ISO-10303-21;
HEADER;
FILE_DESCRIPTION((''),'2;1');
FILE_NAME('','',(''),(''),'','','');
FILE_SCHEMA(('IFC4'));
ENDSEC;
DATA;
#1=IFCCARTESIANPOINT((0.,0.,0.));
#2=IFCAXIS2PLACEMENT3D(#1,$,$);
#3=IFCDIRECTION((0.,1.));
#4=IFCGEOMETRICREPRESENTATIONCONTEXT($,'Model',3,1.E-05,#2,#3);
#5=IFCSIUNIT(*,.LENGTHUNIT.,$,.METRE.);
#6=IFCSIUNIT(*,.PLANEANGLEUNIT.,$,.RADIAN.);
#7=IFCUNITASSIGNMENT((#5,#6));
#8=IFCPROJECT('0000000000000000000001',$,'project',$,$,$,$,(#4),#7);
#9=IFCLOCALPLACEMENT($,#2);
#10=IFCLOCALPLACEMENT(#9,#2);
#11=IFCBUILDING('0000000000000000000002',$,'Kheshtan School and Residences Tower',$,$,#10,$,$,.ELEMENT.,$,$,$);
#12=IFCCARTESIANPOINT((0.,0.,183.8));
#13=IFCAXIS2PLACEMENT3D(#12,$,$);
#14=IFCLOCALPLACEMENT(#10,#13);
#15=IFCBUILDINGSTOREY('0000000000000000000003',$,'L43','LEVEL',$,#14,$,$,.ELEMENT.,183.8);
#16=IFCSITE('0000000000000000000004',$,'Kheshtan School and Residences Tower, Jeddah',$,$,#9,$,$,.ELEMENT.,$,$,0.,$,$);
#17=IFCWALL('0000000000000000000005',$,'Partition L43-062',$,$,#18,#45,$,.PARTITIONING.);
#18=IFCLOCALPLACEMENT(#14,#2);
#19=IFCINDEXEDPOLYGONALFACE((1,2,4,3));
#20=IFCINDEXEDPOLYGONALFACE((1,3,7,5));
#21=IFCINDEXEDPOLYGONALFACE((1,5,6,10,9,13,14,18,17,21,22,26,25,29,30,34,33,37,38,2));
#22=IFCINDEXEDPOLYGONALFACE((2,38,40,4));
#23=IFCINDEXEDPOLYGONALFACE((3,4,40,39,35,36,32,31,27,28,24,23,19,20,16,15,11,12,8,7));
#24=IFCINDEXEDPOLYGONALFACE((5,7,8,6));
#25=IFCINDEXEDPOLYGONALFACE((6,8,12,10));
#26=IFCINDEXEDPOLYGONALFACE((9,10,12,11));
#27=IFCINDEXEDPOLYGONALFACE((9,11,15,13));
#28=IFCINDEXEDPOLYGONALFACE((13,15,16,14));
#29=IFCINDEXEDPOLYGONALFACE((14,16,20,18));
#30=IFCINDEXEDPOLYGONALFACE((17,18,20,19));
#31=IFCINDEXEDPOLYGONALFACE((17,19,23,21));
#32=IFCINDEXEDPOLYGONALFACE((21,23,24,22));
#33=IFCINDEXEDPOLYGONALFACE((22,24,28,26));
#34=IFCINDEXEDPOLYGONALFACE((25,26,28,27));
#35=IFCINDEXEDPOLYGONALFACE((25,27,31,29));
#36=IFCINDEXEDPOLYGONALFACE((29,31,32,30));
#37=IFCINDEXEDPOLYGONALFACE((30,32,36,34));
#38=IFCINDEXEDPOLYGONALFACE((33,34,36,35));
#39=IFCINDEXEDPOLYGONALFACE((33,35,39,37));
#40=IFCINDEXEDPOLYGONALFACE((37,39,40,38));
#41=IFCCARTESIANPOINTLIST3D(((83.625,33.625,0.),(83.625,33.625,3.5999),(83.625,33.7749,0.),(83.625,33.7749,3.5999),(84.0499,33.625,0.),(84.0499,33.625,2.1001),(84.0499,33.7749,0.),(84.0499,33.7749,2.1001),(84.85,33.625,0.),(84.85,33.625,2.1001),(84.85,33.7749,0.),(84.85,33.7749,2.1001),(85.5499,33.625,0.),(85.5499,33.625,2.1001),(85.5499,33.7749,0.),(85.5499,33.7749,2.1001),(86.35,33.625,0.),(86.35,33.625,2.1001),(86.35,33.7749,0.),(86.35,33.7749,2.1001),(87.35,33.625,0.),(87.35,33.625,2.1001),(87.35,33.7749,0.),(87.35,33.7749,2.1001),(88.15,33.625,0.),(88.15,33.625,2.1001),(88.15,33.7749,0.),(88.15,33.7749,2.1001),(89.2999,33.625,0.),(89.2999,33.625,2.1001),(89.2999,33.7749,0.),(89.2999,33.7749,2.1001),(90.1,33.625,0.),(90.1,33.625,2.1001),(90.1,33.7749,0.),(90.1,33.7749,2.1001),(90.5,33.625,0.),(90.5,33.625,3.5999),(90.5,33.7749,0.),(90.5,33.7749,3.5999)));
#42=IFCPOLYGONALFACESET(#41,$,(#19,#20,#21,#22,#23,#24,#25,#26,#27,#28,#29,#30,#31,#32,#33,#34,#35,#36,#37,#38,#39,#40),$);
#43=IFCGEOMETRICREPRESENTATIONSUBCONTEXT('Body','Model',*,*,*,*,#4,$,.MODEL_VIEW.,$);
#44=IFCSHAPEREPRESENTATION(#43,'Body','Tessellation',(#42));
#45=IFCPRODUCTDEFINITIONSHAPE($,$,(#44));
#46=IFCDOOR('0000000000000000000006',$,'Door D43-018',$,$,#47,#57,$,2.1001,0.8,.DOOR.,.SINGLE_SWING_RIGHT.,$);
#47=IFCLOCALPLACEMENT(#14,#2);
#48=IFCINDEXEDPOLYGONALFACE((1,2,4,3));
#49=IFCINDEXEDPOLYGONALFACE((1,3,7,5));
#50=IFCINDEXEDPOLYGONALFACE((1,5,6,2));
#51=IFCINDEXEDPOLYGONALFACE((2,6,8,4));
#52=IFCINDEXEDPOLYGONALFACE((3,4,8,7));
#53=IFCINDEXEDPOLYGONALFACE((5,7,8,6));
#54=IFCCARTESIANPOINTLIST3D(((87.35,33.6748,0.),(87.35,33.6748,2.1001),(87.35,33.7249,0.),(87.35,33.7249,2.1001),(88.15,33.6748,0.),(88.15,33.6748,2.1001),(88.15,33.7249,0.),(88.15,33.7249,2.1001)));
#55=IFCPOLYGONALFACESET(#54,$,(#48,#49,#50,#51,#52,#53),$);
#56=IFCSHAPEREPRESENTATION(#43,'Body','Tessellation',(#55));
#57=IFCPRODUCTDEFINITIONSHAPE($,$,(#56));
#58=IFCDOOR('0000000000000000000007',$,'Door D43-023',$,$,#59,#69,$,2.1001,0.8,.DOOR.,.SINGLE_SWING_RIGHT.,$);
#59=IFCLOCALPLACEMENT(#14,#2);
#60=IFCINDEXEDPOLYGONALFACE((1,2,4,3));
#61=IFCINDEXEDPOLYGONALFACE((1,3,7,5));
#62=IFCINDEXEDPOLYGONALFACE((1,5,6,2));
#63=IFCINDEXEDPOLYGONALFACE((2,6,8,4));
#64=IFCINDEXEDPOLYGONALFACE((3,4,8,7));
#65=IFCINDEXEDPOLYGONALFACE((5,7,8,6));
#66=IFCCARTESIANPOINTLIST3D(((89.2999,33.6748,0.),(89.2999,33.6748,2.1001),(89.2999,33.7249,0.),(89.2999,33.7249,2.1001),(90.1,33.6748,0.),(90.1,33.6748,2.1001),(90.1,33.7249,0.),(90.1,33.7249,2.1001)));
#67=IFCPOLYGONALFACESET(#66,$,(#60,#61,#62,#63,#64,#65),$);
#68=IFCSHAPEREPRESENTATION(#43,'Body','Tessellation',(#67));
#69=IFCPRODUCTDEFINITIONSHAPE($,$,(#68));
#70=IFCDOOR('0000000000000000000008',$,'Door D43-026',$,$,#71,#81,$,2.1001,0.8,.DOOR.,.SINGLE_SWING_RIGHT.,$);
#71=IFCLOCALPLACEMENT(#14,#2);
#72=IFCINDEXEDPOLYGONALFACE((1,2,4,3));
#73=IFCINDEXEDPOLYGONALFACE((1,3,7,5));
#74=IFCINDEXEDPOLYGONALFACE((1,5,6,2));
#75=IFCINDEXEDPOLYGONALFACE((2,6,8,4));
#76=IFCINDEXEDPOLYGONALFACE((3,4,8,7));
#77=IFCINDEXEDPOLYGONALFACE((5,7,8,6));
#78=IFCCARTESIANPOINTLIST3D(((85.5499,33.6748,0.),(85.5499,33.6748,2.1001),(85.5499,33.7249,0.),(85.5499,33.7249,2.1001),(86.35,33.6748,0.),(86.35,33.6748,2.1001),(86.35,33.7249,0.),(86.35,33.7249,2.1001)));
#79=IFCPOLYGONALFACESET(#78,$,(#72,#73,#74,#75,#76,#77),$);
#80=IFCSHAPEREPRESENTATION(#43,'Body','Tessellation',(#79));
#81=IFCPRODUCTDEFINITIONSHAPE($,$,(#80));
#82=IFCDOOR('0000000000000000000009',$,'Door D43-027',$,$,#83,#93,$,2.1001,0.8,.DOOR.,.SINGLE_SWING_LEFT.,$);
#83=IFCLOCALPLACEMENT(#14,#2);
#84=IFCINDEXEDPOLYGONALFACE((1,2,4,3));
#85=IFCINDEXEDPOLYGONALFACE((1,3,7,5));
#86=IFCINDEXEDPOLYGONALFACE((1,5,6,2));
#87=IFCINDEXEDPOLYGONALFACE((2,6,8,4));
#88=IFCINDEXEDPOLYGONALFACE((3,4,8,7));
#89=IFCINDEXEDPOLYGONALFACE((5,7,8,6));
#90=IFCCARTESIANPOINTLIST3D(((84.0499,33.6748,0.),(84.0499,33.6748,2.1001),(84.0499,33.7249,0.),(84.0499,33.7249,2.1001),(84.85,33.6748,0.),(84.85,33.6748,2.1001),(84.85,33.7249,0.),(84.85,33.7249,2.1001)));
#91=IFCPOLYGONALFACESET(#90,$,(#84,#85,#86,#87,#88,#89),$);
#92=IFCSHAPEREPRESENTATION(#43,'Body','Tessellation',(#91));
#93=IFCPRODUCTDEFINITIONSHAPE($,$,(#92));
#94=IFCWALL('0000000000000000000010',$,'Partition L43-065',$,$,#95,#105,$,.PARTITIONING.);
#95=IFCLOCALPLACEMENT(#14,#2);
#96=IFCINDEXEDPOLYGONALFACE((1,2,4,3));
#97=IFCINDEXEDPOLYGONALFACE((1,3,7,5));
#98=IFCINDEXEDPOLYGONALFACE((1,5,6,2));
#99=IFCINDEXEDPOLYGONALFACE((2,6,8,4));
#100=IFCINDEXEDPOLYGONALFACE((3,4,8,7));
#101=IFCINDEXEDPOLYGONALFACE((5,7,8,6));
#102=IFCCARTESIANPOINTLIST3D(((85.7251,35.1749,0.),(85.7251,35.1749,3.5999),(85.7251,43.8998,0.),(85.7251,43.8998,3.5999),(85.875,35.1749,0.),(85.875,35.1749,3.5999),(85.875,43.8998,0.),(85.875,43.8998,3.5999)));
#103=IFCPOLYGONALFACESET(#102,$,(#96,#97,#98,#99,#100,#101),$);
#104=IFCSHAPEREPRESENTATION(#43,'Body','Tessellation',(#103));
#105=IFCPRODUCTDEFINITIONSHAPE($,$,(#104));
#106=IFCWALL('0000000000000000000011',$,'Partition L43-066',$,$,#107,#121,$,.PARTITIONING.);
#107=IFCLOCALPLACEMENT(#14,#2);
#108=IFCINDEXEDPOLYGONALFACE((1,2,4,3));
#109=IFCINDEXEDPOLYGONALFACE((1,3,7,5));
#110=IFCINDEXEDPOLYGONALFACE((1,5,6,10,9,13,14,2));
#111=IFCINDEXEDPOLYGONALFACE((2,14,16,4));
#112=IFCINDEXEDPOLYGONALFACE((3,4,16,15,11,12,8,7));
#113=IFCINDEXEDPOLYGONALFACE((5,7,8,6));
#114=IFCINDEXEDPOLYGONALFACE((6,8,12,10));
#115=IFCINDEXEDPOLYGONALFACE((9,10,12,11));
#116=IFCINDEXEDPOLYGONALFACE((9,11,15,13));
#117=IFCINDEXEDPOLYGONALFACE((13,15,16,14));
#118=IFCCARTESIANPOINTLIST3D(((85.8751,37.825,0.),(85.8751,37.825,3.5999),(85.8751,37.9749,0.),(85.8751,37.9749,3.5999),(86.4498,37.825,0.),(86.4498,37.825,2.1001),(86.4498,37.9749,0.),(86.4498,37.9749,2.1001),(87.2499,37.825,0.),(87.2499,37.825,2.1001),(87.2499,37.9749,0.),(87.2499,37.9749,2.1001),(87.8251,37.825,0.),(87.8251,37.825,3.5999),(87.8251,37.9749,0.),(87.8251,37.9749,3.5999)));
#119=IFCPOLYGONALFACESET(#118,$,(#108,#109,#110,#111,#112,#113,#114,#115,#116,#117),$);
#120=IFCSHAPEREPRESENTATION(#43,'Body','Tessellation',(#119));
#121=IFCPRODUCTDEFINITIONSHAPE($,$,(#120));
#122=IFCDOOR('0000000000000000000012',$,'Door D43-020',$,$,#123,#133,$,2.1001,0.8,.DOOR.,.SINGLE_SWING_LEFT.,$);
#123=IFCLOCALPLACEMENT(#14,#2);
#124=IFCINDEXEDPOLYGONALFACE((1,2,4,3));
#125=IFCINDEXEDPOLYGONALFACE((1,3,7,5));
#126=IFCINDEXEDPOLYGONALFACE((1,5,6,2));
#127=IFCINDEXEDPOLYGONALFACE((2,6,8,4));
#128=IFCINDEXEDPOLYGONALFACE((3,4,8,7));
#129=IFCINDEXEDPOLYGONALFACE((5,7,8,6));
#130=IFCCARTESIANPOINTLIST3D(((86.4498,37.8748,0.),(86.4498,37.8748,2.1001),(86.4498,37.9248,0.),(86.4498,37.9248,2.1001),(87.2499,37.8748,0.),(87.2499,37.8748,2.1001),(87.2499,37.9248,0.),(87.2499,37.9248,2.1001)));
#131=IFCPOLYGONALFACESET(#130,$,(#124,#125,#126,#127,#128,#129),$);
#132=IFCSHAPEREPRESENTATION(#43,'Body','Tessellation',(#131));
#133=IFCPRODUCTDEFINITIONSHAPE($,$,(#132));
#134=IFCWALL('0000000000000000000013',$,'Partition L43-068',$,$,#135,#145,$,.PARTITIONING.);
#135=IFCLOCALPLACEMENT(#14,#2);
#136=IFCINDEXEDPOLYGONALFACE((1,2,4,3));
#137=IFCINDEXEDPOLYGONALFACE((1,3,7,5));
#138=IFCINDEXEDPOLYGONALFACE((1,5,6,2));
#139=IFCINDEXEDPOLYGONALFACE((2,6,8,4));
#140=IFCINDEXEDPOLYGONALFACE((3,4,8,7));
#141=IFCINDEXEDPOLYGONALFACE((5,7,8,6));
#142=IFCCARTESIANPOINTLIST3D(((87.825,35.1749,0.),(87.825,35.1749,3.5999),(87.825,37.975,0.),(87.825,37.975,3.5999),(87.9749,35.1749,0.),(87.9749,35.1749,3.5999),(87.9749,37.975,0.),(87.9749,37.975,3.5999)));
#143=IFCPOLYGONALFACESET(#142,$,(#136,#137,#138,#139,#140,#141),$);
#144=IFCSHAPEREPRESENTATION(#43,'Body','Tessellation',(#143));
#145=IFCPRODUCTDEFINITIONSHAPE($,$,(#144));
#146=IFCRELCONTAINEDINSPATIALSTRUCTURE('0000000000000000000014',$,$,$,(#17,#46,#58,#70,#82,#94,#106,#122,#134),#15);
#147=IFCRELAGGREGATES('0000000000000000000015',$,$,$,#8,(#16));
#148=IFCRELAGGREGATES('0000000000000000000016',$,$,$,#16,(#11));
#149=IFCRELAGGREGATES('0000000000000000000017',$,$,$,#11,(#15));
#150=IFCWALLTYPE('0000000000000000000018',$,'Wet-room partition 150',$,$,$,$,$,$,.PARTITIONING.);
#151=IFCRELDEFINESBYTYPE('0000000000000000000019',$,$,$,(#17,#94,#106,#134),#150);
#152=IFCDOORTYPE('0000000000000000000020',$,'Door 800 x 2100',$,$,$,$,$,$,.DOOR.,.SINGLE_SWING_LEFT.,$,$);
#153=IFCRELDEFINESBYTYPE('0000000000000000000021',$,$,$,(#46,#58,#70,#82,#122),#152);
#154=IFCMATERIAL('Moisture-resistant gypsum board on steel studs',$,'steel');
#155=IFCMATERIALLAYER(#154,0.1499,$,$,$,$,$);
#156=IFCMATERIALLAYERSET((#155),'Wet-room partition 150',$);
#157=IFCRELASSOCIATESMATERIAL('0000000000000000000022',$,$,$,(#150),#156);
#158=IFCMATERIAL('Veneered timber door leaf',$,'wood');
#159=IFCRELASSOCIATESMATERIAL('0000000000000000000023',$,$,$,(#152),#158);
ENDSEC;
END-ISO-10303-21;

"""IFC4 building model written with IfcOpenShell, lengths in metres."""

from ifc_helpers import new_model, si_unit, direction, frame, frame_2d, origin, place, context, subcontext, project, spatial, rectangle, extrude, source, transform, mapped, material, layer, layer_set, type_object, element, fill, save


model = new_model("IFC4")

# Units and contexts
model_context = context("Model", 3, precision=1e-05, world=origin(), true_north=direction((0.0, 1.0)))
body_context = subcontext(model_context, "Body", "Model", "MODEL_VIEW")
ifc_project = project(units=[si_unit("LENGTHUNIT", "METRE"), si_unit("PLANEANGLEUNIT", "RADIAN")], contexts=[model_context])

# Site, building, storey
site_placement = place(None, origin())
site = spatial("IfcSite", under=ifc_project, at=site_placement, Name="Kheshtan School and Residences Tower, Jeddah", CompositionType="ELEMENT", RefElevation=0.0)
building_placement = place(site_placement, origin())
building = spatial("IfcBuilding", under=site, at=building_placement, Name="Kheshtan School and Residences Tower", CompositionType="ELEMENT")
storey_placement = place(building_placement, frame((0.0, 0.0, 183.8)))
storey = spatial("IfcBuildingStorey", under=building, at=storey_placement, Name="L43", Description="LEVEL", CompositionType="ELEMENT", Elevation=183.8)

# Shared definitions
ifc_material_1 = material(Name="Moisture-resistant gypsum board on steel studs", Category="steel")
ifc_layer_1 = layer(ifc_material_1, 0.1499)
ifc_layer_set_1 = layer_set([ifc_layer_1], Name="Wet-room partition 150")
wall_type_1 = type_object("IfcWallType", Name="Wet-room partition 150", PredefinedType="PARTITIONING", material=ifc_layer_set_1)
ifc_material_2 = material(Name="Veneered timber door leaf", Category="wood")

# Wall, openings, doors
wall_1_placement = place(storey_placement, frame((83.625, 33.7, 0.0), z_axis=(0.0, 0.0, 1.0), x_axis=(1.0, 0.0, 0.0)))
wall_1 = element("IfcWall", 1, at=wall_1_placement, inside=storey, type_object=wall_type_1, Name="Partition L43-062", PredefinedType="PARTITIONING", context=body_context, shape_type="SweptSolid", body=[
    extrude(rectangle(XDim=6.875, YDim=0.1499, at=frame_2d((3.4375, 0.0))), origin(), (0.0, 0.0, 1.0), 3.5999),
])
opening_1_placement = place(wall_1_placement, frame((3.7251, 0.0, 0.0)))
opening_1 = element("IfcOpeningElement", 2, at=opening_1_placement, cuts=wall_1, PredefinedType="OPENING", context=body_context, shape_type="SweptSolid", body=[
    extrude(rectangle(XDim=0.8, YDim=2.1001, at=frame_2d((0.3999, 1.05))), frame((0.0, 0.085, 0.0), z_axis=(0.0, -1.0, 0.0), x_axis=(1.0, 0.0, 0.0)), (0.0, 0.0, 1.0), 0.1699),
])
opening_2_placement = place(wall_1_placement, frame((5.675, 0.0, 0.0)))
opening_2 = element("IfcOpeningElement", 3, at=opening_2_placement, cuts=wall_1, PredefinedType="OPENING", context=body_context, shape_type="SweptSolid", body=[
    extrude(rectangle(XDim=0.8, YDim=2.1001, at=frame_2d((0.3999, 1.05))), frame((0.0, 0.085, 0.0), z_axis=(0.0, -1.0, 0.0), x_axis=(1.0, 0.0, 0.0)), (0.0, 0.0, 1.0), 0.1699),
])
opening_3_placement = place(wall_1_placement, frame((1.925, 0.0, 0.0)))
opening_3 = element("IfcOpeningElement", 4, at=opening_3_placement, cuts=wall_1, PredefinedType="OPENING", context=body_context, shape_type="SweptSolid", body=[
    extrude(rectangle(XDim=0.8, YDim=2.1001, at=frame_2d((0.3999, 1.05))), frame((0.0, 0.085, 0.0), z_axis=(0.0, -1.0, 0.0), x_axis=(1.0, 0.0, 0.0)), (0.0, 0.0, 1.0), 0.1699),
])
opening_4_placement = place(wall_1_placement, frame((0.425, 0.0, 0.0)))
opening_4 = element("IfcOpeningElement", 5, at=opening_4_placement, cuts=wall_1, PredefinedType="OPENING", context=body_context, shape_type="SweptSolid", body=[
    extrude(rectangle(XDim=0.8, YDim=2.1001, at=frame_2d((0.3999, 1.05))), frame((0.0, 0.085, 0.0), z_axis=(0.0, -1.0, 0.0), x_axis=(1.0, 0.0, 0.0)), (0.0, 0.0, 1.0), 0.1699),
])
door_type_1 = type_object("IfcDoorType", Name="Door 800 x 2100", OperationType="SINGLE_SWING_LEFT", PredefinedType="DOOR", material=ifc_material_2)
shared_shape_1 = source(origin(), body_context, "Body", "SweptSolid", [
    extrude(rectangle(XDim=0.8, YDim=2.1001, at=frame_2d((0.3999, 1.05))), frame((0.0, 0.0249, 0.0), z_axis=(0.0, -1.0, 0.0), x_axis=(1.0, 0.0, 0.0)), (0.0, 0.0, 1.0), 0.05),
])
door_1_placement = place(opening_1_placement, origin())
door_1 = element("IfcDoor", 6, at=door_1_placement, inside=storey, type_object=door_type_1, Name="Door D43-018", OperationType="SINGLE_SWING_RIGHT", OverallHeight=2.1001, OverallWidth=0.8, PredefinedType="DOOR", context=body_context, shape_type="MappedRepresentation", body=[
    mapped(shared_shape_1, transform((0.0, 0.0, 0.0), x_axis=(1.0, 0.0, 0.0), y_axis=(0.0, 1.0, 0.0), z_axis=(0.0, 0.0, 1.0), scale=1.0)),
])
fill(opening_1, door_1)
door_2_placement = place(opening_2_placement, origin())
door_2 = element("IfcDoor", 7, at=door_2_placement, inside=storey, type_object=door_type_1, Name="Door D43-023", OperationType="SINGLE_SWING_RIGHT", OverallHeight=2.1001, OverallWidth=0.8, PredefinedType="DOOR", context=body_context, shape_type="MappedRepresentation", body=[
    mapped(shared_shape_1, transform((0.0, 0.0, 0.0), x_axis=(1.0, 0.0, 0.0), y_axis=(0.0, 1.0, 0.0), z_axis=(0.0, 0.0, 1.0), scale=1.0)),
])
fill(opening_2, door_2)
door_3_placement = place(opening_3_placement, origin())
door_3 = element("IfcDoor", 8, at=door_3_placement, inside=storey, type_object=door_type_1, Name="Door D43-026", OperationType="SINGLE_SWING_RIGHT", OverallHeight=2.1001, OverallWidth=0.8, PredefinedType="DOOR", context=body_context, shape_type="MappedRepresentation", body=[
    mapped(shared_shape_1, transform((0.0, 0.0, 0.0), x_axis=(1.0, 0.0, 0.0), y_axis=(0.0, 1.0, 0.0), z_axis=(0.0, 0.0, 1.0), scale=1.0)),
])
fill(opening_3, door_3)
door_4_placement = place(opening_4_placement, origin())
door_4 = element("IfcDoor", 9, at=door_4_placement, inside=storey, type_object=door_type_1, Name="Door D43-027", OperationType="SINGLE_SWING_LEFT", OverallHeight=2.1001, OverallWidth=0.8, PredefinedType="DOOR", context=body_context, shape_type="MappedRepresentation", body=[
    mapped(shared_shape_1, transform((0.0, 0.0, 0.0), x_axis=(1.0, 0.0, 0.0), y_axis=(0.0, 1.0, 0.0), z_axis=(0.0, 0.0, 1.0), scale=1.0)),
])
fill(opening_4, door_4)

# Wall
wall_2_placement = place(storey_placement, frame((85.8, 35.175, 0.0), z_axis=(0.0, 0.0, 1.0), x_axis=(0.0, 1.0, 0.0)))
element("IfcWall", 10, at=wall_2_placement, inside=storey, type_object=wall_type_1, Name="Partition L43-065", PredefinedType="PARTITIONING", context=body_context, shape_type="SweptSolid", body=[
    extrude(rectangle(XDim=8.7249, YDim=0.1499, at=frame_2d((4.3623, 0.0))), origin(), (0.0, 0.0, 1.0), 3.5999),
])

# Wall, opening, door
wall_3_placement = place(storey_placement, frame((85.875, 37.8999, 0.0), z_axis=(0.0, 0.0, 1.0), x_axis=(1.0, 0.0, 0.0)))
wall_3 = element("IfcWall", 11, at=wall_3_placement, inside=storey, type_object=wall_type_1, Name="Partition L43-066", PredefinedType="PARTITIONING", context=body_context, shape_type="SweptSolid", body=[
    extrude(rectangle(XDim=1.95, YDim=0.1499, at=frame_2d((0.9751, 0.0))), origin(), (0.0, 0.0, 1.0), 3.5999),
])
opening_5_placement = place(wall_3_placement, frame((0.575, 0.0, 0.0)))
opening_5 = element("IfcOpeningElement", 12, at=opening_5_placement, cuts=wall_3, PredefinedType="OPENING", context=body_context, shape_type="SweptSolid", body=[
    extrude(rectangle(XDim=0.8, YDim=2.1001, at=frame_2d((0.3999, 1.05))), frame((0.0, 0.085, 0.0), z_axis=(0.0, -1.0, 0.0), x_axis=(1.0, 0.0, 0.0)), (0.0, 0.0, 1.0), 0.1699),
])
door_5_placement = place(opening_5_placement, origin())
door_5 = element("IfcDoor", 13, at=door_5_placement, inside=storey, type_object=door_type_1, Name="Door D43-020", OperationType="SINGLE_SWING_LEFT", OverallHeight=2.1001, OverallWidth=0.8, PredefinedType="DOOR", context=body_context, shape_type="MappedRepresentation", body=[
    mapped(shared_shape_1, transform((0.0, 0.0, 0.0), x_axis=(1.0, 0.0, 0.0), y_axis=(0.0, 1.0, 0.0), z_axis=(0.0, 0.0, 1.0), scale=1.0)),
])
fill(opening_5, door_5)

# Wall
wall_4_placement = place(storey_placement, frame((87.8999, 35.175, 0.0), z_axis=(0.0, 0.0, 1.0), x_axis=(0.0, 1.0, 0.0)))
element("IfcWall", 14, at=wall_4_placement, inside=storey, type_object=wall_type_1, Name="Partition L43-068", PredefinedType="PARTITIONING", context=body_context, shape_type="SweptSolid", body=[
    extrude(rectangle(XDim=2.8, YDim=0.1499, at=frame_2d((1.3999, 0.0))), origin(), (0.0, 0.0, 1.0), 3.5999),
])

save(model, "model.ifc")
